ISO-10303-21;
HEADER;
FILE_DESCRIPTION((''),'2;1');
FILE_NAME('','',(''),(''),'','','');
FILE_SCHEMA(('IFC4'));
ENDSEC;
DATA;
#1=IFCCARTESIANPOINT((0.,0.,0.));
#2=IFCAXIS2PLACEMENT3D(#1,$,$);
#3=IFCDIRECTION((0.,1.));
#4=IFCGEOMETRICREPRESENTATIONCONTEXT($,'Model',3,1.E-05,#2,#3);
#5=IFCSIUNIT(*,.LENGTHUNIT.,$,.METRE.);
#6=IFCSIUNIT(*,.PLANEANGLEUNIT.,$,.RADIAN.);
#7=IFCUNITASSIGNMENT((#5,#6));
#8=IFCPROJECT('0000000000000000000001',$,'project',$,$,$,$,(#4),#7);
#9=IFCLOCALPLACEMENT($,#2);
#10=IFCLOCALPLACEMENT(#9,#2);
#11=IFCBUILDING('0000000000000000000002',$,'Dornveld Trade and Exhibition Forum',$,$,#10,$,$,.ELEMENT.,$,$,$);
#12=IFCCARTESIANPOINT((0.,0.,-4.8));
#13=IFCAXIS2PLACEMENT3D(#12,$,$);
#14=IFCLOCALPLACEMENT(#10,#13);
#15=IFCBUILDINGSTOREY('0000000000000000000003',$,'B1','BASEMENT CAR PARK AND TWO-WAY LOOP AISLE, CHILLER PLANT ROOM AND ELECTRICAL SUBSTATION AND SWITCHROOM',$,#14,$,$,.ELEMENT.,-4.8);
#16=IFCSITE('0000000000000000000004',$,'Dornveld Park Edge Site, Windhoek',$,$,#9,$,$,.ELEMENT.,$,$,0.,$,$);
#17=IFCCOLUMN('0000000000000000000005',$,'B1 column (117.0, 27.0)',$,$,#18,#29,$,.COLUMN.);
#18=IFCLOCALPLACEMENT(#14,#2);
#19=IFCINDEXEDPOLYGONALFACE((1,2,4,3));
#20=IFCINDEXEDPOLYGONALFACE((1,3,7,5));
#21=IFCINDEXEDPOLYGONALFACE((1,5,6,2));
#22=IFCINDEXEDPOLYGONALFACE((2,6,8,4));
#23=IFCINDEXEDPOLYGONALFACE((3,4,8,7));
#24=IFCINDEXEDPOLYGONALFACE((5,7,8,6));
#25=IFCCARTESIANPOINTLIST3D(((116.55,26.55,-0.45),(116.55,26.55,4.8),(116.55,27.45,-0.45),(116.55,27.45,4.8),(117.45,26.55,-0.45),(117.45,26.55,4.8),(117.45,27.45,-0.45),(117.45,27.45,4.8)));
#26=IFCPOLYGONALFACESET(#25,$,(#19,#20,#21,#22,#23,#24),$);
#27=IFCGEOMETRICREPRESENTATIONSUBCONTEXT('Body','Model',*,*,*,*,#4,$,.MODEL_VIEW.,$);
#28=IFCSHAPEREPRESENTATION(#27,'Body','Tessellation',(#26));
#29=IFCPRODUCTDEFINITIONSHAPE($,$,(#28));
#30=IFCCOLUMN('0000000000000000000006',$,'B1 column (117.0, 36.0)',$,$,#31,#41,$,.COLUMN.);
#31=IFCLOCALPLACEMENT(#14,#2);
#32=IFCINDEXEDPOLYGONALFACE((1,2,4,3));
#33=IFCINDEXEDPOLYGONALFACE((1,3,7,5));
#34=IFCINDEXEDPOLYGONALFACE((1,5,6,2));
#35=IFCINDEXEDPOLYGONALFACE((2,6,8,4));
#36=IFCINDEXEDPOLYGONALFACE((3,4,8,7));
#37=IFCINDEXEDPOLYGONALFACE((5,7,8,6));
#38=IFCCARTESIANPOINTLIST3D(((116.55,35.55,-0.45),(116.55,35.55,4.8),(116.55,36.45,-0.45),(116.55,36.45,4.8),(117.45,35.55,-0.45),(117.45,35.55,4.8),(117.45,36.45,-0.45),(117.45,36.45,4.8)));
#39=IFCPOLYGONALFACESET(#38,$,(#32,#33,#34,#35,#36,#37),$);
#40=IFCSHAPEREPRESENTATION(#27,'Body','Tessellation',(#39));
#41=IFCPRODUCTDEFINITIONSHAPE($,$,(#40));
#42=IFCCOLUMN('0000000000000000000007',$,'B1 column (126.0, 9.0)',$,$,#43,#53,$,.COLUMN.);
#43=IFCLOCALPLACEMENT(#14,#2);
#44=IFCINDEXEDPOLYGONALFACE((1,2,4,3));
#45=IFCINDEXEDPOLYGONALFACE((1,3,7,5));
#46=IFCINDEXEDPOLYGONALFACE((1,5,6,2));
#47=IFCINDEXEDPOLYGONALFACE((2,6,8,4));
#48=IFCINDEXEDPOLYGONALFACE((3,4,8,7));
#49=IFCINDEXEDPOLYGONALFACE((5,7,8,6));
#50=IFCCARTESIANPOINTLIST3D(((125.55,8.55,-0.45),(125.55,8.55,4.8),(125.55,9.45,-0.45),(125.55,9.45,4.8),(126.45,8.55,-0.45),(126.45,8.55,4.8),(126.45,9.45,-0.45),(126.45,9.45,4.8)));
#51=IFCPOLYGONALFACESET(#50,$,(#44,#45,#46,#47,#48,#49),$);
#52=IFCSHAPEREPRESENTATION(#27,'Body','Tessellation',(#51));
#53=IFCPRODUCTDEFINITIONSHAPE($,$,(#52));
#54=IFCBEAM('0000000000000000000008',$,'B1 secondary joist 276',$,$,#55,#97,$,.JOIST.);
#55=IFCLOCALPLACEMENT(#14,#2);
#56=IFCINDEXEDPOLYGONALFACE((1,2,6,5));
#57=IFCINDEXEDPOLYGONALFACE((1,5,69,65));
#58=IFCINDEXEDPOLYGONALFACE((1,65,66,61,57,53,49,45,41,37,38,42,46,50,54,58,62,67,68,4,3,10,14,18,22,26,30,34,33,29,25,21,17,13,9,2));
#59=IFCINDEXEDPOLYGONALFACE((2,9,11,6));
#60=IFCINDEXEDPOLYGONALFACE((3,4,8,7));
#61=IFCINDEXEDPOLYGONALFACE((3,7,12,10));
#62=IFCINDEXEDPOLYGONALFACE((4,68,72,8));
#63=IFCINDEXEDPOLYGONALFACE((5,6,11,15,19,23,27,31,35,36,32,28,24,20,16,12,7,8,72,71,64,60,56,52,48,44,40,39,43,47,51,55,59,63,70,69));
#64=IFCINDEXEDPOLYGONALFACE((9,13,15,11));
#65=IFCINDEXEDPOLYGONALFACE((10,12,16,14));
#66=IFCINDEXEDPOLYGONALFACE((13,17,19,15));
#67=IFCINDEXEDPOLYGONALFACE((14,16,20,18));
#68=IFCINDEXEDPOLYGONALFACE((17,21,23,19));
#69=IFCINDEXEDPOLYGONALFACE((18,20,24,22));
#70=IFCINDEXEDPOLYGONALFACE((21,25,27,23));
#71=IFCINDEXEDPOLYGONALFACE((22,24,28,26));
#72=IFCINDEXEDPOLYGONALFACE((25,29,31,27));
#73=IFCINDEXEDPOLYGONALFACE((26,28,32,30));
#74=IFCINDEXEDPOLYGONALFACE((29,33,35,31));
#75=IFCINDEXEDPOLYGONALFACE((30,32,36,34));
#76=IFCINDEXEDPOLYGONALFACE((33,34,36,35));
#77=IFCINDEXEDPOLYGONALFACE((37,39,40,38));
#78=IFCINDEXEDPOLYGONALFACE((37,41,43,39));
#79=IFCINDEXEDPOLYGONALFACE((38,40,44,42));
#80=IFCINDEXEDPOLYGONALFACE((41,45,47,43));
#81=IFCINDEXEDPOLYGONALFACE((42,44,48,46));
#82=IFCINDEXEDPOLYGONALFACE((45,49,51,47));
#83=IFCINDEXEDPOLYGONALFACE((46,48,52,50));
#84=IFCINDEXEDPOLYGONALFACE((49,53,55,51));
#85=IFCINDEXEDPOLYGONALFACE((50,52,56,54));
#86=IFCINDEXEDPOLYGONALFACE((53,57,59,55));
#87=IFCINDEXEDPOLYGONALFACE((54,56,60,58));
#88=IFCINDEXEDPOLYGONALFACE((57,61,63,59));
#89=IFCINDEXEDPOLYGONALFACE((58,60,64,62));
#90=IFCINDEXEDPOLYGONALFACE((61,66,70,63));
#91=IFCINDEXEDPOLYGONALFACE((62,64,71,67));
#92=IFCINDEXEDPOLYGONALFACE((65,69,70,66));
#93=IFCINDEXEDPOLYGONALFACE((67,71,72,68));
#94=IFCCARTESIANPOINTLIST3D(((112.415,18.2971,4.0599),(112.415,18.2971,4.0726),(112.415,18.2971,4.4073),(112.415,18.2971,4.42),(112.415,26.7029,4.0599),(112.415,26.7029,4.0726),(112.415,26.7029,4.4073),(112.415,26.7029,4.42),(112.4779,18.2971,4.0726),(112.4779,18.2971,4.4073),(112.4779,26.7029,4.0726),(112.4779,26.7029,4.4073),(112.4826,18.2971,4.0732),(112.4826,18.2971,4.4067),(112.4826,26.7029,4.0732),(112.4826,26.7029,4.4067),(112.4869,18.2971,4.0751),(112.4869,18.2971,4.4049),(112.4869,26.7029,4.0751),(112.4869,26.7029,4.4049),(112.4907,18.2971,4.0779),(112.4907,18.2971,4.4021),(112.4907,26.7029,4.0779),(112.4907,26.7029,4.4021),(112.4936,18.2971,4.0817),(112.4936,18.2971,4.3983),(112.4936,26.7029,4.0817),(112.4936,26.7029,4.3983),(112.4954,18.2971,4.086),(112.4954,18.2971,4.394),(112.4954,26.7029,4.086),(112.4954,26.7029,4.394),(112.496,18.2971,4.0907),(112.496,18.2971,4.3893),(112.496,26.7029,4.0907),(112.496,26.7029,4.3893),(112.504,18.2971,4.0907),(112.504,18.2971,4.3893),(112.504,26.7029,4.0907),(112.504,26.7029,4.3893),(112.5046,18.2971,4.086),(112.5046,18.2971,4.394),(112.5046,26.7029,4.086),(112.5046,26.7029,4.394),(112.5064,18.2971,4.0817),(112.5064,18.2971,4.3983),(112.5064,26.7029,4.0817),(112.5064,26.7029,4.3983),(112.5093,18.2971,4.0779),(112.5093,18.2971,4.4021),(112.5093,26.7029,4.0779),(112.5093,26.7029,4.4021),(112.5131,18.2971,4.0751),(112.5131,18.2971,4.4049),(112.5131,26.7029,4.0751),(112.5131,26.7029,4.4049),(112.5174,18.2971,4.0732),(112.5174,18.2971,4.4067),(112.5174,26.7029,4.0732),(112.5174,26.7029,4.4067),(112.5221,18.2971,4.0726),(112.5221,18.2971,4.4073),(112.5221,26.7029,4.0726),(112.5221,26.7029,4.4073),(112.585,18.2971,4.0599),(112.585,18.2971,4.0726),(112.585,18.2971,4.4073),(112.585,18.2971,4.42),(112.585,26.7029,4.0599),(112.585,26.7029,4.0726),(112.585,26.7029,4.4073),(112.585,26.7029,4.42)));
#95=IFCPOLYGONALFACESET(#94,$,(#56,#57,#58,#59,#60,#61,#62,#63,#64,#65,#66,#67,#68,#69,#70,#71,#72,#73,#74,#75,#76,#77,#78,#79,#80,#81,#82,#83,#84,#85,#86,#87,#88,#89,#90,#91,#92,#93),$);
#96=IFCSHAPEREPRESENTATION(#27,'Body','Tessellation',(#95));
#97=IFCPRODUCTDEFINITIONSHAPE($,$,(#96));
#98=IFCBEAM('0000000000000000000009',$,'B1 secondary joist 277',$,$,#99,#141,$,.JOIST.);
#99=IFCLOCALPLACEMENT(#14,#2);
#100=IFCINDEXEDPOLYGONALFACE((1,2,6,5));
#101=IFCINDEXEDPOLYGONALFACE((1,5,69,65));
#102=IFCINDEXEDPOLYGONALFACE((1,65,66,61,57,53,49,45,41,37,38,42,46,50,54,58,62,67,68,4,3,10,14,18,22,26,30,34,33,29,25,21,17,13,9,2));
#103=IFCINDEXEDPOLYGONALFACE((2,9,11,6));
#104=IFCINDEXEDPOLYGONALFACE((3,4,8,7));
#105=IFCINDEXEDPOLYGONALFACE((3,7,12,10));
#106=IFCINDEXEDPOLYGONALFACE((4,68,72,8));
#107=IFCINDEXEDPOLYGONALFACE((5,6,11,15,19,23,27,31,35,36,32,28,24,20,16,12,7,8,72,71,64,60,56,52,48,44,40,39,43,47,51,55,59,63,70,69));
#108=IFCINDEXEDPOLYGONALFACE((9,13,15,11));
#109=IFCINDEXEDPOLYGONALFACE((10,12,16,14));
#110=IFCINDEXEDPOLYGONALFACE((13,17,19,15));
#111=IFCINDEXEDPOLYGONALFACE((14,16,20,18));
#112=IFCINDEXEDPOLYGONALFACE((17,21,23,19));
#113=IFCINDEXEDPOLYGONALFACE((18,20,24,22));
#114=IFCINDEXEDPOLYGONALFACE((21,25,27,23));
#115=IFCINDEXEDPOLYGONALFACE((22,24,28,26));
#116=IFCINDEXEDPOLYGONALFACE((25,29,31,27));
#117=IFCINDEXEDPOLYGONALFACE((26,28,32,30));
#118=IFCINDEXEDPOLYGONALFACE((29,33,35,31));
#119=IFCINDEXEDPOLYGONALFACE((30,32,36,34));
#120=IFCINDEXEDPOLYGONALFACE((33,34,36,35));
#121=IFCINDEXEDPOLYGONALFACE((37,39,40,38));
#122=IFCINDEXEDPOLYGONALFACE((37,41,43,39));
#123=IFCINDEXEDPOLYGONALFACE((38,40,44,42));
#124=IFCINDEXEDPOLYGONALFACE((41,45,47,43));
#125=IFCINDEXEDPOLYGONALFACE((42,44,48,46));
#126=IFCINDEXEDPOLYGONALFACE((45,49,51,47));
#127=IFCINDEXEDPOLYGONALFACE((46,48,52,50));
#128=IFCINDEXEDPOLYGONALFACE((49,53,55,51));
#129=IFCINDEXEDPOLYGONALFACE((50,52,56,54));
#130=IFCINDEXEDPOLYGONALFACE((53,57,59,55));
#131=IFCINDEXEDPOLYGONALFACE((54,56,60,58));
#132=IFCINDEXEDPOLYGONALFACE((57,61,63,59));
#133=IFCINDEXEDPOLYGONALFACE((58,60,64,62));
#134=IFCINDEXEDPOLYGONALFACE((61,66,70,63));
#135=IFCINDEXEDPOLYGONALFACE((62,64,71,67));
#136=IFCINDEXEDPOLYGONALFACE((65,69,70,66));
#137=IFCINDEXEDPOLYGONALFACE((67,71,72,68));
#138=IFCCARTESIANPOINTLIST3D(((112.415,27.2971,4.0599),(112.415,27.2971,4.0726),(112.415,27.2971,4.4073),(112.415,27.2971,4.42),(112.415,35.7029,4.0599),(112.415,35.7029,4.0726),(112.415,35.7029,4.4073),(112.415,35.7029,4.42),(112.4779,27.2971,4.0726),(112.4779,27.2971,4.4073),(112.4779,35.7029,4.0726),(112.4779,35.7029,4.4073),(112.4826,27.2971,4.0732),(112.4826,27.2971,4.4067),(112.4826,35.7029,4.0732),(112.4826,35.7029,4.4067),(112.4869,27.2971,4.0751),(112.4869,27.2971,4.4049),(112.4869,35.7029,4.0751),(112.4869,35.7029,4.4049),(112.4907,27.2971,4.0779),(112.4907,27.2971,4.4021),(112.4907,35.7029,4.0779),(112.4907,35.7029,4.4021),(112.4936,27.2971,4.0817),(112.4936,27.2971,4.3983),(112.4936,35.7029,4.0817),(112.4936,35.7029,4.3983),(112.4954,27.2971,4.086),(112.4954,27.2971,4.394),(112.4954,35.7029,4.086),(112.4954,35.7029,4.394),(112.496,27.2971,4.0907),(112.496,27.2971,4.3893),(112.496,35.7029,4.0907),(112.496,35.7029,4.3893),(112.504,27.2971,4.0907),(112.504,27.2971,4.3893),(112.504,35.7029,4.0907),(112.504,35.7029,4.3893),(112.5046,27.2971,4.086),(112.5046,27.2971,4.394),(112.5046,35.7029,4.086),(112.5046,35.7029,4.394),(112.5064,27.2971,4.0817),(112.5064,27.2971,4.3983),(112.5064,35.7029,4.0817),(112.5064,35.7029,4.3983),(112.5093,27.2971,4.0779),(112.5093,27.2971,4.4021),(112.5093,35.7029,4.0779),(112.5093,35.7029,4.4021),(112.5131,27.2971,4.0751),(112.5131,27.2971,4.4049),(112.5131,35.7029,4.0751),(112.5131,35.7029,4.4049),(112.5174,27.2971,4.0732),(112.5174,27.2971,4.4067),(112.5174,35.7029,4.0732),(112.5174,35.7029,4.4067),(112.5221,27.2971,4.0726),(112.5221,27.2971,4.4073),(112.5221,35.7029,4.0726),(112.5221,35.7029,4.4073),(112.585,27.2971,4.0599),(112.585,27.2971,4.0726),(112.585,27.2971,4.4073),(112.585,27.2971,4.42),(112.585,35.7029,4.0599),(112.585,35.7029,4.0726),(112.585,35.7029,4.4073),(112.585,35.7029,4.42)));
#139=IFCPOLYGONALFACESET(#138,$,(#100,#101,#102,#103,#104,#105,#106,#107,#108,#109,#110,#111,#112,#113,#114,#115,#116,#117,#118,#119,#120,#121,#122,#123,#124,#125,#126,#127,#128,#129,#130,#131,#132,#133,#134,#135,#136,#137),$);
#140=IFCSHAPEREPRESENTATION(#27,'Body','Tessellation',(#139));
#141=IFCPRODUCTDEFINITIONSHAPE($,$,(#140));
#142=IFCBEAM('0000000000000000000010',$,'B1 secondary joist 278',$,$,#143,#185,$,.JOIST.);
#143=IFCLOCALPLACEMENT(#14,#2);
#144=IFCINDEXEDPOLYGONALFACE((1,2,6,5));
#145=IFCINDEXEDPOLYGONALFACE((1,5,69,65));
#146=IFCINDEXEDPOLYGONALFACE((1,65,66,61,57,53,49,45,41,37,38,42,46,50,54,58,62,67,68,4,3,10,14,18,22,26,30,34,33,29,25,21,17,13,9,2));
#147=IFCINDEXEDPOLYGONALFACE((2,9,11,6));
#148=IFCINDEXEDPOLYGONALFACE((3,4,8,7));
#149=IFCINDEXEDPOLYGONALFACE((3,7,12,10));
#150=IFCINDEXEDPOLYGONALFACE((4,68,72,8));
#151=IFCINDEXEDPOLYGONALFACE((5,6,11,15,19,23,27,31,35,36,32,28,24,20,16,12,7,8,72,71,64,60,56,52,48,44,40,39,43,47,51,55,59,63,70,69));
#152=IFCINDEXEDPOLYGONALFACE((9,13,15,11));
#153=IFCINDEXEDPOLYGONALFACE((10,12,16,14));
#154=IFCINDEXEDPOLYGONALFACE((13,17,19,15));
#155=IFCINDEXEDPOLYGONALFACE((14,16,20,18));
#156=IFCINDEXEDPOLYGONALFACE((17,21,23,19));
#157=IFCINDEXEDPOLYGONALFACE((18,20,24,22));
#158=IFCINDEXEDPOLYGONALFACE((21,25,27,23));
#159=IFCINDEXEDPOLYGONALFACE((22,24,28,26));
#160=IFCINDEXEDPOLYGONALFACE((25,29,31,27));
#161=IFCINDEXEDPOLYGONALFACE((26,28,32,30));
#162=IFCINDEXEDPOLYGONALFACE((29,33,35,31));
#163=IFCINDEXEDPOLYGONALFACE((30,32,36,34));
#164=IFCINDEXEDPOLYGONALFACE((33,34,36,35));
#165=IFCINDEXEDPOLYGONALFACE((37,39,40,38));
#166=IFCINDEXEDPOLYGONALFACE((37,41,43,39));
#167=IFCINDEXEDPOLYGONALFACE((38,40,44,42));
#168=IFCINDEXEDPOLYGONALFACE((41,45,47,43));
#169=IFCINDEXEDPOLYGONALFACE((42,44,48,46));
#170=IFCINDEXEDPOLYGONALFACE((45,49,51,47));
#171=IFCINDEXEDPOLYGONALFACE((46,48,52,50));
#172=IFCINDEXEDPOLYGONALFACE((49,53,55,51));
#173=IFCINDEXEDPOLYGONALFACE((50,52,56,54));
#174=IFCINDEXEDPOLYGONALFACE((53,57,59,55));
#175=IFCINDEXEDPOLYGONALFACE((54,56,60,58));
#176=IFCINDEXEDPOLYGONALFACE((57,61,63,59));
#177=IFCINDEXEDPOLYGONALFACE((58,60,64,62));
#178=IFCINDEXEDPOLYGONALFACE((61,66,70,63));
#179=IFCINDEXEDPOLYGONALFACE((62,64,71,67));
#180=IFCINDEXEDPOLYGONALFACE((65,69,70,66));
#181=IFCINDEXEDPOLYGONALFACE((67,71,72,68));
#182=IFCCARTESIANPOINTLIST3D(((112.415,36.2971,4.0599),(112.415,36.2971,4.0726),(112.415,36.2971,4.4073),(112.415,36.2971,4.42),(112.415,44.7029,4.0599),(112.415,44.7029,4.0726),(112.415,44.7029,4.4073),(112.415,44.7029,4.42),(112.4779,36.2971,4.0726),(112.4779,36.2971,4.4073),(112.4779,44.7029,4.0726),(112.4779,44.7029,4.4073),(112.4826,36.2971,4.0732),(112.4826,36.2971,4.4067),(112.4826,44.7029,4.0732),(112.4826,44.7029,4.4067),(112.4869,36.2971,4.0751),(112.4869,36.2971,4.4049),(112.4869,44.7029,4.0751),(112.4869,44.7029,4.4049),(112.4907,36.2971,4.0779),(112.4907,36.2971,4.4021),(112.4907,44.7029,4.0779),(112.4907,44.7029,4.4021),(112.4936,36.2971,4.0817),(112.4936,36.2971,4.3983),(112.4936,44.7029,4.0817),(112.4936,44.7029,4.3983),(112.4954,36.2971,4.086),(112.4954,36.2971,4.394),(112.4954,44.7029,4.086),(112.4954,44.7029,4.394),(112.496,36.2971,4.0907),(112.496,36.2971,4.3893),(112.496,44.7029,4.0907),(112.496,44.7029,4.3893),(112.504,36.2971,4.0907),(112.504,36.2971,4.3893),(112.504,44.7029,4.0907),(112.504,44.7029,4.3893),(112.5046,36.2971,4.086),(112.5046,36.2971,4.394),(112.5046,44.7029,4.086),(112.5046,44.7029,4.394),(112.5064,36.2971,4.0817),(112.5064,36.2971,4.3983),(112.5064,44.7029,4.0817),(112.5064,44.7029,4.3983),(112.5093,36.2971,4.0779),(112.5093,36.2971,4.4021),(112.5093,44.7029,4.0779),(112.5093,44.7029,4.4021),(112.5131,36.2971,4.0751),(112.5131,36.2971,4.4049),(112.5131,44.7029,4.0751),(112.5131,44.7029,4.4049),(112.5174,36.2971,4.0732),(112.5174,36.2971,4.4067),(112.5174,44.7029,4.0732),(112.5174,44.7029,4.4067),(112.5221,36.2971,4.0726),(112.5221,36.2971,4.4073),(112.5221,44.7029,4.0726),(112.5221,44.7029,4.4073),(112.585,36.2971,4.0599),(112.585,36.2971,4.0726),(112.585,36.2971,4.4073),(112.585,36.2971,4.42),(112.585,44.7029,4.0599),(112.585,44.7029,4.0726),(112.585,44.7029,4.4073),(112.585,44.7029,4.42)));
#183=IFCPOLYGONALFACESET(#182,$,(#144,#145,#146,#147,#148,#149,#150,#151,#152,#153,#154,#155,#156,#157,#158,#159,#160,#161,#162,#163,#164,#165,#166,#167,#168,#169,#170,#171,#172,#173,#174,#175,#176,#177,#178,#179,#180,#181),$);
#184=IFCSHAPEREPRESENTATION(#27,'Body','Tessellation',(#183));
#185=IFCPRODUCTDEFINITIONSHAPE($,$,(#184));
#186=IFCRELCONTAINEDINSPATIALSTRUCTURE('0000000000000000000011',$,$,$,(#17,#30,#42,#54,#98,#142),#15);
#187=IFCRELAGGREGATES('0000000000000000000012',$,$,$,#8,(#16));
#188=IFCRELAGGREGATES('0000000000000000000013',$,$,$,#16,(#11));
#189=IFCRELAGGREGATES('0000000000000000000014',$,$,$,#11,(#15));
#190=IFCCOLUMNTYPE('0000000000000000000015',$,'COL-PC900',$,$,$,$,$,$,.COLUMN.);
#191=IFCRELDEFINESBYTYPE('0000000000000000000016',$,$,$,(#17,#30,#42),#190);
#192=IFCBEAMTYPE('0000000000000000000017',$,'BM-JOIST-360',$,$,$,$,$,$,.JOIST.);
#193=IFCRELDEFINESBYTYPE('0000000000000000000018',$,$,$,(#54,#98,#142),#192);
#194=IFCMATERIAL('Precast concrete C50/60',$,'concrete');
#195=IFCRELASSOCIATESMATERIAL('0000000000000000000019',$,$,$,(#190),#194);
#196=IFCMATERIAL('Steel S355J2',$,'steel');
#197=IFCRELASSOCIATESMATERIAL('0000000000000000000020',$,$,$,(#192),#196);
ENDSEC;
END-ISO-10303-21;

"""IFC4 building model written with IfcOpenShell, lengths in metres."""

from ifc_helpers import new_model, si_unit, direction, frame, origin, origin_2d, place, context, subcontext, project, spatial, rectangle, i_section, extrude, material, material_profile, profile_set, type_object, element, save


model = new_model("IFC4")

# Units and contexts
model_context = context("Model", 3, precision=1e-05, world=origin(), true_north=direction((0.0, 1.0)))
body_context = subcontext(model_context, "Body", "Model", "MODEL_VIEW")
ifc_project = project(units=[si_unit("LENGTHUNIT", "METRE"), si_unit("PLANEANGLEUNIT", "RADIAN")], contexts=[model_context])

# Site, building, storey
site_placement = place(None, origin())
site = spatial("IfcSite", under=ifc_project, at=site_placement, Name="Dornveld Park Edge Site, Windhoek", CompositionType="ELEMENT", RefElevation=0.0)
building_placement = place(site_placement, origin())
building = spatial("IfcBuilding", under=site, at=building_placement, Name="Dornveld Trade and Exhibition Forum", CompositionType="ELEMENT")
storey_placement = place(building_placement, frame((0.0, 0.0, -4.8)))
storey = spatial("IfcBuildingStorey", under=building, at=storey_placement, Name="B1", Description="BASEMENT CAR PARK AND TWO-WAY LOOP AISLE, CHILLER PLANT ROOM AND ELECTRICAL SUBSTATION AND SWITCHROOM", CompositionType="ELEMENT", Elevation=-4.8)

# Columns
ifc_material_1 = material(Name="Precast concrete C50/60", Category="concrete")
ifc_material_profile_1 = material_profile(ifc_material_1, rectangle(XDim=0.8999, YDim=0.8999, at=origin_2d()), Name="PC-COL 900x900")
ifc_profile_set_1 = profile_set([ifc_material_profile_1], Name="Precast concrete C50/60")
column_type = type_object("IfcColumnType", Name="COL-PC900", PredefinedType="COLUMN", material=ifc_profile_set_1)
for number, where, z_axis, x_axis, name in (
    (1, (117.0, 27.0, -0.45), (0.0, 0.0, 1.0), (1.0, 0.0, 0.0), "B1 column (117.0, 27.0)"),
    (2, (117.0, 36.0, -0.45), (0.0, 0.0, 1.0), (1.0, 0.0, 0.0), "B1 column (117.0, 36.0)"),
    (3, (126.0, 9.0, -0.45), (0.0, 0.0, 1.0), (1.0, 0.0, 0.0), "B1 column (126.0, 9.0)"),
):
    element("IfcColumn", number, at=place(storey_placement, frame(where, z_axis=z_axis, x_axis=x_axis)), inside=storey, type_object=column_type, Name=name, PredefinedType="COLUMN", context=body_context, shape_type="SweptSolid", body=[
        extrude(rectangle(XDim=0.8999, YDim=0.8999, at=origin_2d()), origin(), (0.0, 0.0, 1.0), 5.25),
    ])

# Beams
ifc_material_2 = material(Name="Steel S355J2", Category="steel")
ifc_material_profile_2 = material_profile(ifc_material_2, i_section(OverallWidth=0.1699, OverallDepth=0.3601, WebThickness=0.0081, FlangeThickness=0.0127, FilletRadius=0.0181, at=origin_2d()), Name="IPE 360")
ifc_profile_set_2 = profile_set([ifc_material_profile_2], Name="Steel S355J2")
beam_type_1 = type_object("IfcBeamType", Name="BM-JOIST-360", PredefinedType="JOIST", material=ifc_profile_set_2)
for number, where, z_axis, x_axis, name in (
    (4, (112.5, 18.2971, 4.24), (0.0, 1.0, 0.0), (-1.0, 0.0, 0.0), "B1 secondary joist 276"),
    (5, (112.5, 27.2971, 4.24), (0.0, 1.0, 0.0), (-1.0, 0.0, 0.0), "B1 secondary joist 277"),
    (6, (112.5, 36.2971, 4.24), (0.0, 1.0, 0.0), (-1.0, 0.0, 0.0), "B1 secondary joist 278"),
):
    element("IfcBeam", number, at=place(storey_placement, frame(where, z_axis=z_axis, x_axis=x_axis)), inside=storey, type_object=beam_type_1, Name=name, PredefinedType="JOIST", context=body_context, shape_type="SweptSolid", body=[
        extrude(i_section(OverallWidth=0.1699, OverallDepth=0.3601, WebThickness=0.0081, FlangeThickness=0.0127, FilletRadius=0.0181, at=origin_2d()), origin(), (0.0, 0.0, 1.0), 8.4058),
    ])

save(model, "model.ifc")
